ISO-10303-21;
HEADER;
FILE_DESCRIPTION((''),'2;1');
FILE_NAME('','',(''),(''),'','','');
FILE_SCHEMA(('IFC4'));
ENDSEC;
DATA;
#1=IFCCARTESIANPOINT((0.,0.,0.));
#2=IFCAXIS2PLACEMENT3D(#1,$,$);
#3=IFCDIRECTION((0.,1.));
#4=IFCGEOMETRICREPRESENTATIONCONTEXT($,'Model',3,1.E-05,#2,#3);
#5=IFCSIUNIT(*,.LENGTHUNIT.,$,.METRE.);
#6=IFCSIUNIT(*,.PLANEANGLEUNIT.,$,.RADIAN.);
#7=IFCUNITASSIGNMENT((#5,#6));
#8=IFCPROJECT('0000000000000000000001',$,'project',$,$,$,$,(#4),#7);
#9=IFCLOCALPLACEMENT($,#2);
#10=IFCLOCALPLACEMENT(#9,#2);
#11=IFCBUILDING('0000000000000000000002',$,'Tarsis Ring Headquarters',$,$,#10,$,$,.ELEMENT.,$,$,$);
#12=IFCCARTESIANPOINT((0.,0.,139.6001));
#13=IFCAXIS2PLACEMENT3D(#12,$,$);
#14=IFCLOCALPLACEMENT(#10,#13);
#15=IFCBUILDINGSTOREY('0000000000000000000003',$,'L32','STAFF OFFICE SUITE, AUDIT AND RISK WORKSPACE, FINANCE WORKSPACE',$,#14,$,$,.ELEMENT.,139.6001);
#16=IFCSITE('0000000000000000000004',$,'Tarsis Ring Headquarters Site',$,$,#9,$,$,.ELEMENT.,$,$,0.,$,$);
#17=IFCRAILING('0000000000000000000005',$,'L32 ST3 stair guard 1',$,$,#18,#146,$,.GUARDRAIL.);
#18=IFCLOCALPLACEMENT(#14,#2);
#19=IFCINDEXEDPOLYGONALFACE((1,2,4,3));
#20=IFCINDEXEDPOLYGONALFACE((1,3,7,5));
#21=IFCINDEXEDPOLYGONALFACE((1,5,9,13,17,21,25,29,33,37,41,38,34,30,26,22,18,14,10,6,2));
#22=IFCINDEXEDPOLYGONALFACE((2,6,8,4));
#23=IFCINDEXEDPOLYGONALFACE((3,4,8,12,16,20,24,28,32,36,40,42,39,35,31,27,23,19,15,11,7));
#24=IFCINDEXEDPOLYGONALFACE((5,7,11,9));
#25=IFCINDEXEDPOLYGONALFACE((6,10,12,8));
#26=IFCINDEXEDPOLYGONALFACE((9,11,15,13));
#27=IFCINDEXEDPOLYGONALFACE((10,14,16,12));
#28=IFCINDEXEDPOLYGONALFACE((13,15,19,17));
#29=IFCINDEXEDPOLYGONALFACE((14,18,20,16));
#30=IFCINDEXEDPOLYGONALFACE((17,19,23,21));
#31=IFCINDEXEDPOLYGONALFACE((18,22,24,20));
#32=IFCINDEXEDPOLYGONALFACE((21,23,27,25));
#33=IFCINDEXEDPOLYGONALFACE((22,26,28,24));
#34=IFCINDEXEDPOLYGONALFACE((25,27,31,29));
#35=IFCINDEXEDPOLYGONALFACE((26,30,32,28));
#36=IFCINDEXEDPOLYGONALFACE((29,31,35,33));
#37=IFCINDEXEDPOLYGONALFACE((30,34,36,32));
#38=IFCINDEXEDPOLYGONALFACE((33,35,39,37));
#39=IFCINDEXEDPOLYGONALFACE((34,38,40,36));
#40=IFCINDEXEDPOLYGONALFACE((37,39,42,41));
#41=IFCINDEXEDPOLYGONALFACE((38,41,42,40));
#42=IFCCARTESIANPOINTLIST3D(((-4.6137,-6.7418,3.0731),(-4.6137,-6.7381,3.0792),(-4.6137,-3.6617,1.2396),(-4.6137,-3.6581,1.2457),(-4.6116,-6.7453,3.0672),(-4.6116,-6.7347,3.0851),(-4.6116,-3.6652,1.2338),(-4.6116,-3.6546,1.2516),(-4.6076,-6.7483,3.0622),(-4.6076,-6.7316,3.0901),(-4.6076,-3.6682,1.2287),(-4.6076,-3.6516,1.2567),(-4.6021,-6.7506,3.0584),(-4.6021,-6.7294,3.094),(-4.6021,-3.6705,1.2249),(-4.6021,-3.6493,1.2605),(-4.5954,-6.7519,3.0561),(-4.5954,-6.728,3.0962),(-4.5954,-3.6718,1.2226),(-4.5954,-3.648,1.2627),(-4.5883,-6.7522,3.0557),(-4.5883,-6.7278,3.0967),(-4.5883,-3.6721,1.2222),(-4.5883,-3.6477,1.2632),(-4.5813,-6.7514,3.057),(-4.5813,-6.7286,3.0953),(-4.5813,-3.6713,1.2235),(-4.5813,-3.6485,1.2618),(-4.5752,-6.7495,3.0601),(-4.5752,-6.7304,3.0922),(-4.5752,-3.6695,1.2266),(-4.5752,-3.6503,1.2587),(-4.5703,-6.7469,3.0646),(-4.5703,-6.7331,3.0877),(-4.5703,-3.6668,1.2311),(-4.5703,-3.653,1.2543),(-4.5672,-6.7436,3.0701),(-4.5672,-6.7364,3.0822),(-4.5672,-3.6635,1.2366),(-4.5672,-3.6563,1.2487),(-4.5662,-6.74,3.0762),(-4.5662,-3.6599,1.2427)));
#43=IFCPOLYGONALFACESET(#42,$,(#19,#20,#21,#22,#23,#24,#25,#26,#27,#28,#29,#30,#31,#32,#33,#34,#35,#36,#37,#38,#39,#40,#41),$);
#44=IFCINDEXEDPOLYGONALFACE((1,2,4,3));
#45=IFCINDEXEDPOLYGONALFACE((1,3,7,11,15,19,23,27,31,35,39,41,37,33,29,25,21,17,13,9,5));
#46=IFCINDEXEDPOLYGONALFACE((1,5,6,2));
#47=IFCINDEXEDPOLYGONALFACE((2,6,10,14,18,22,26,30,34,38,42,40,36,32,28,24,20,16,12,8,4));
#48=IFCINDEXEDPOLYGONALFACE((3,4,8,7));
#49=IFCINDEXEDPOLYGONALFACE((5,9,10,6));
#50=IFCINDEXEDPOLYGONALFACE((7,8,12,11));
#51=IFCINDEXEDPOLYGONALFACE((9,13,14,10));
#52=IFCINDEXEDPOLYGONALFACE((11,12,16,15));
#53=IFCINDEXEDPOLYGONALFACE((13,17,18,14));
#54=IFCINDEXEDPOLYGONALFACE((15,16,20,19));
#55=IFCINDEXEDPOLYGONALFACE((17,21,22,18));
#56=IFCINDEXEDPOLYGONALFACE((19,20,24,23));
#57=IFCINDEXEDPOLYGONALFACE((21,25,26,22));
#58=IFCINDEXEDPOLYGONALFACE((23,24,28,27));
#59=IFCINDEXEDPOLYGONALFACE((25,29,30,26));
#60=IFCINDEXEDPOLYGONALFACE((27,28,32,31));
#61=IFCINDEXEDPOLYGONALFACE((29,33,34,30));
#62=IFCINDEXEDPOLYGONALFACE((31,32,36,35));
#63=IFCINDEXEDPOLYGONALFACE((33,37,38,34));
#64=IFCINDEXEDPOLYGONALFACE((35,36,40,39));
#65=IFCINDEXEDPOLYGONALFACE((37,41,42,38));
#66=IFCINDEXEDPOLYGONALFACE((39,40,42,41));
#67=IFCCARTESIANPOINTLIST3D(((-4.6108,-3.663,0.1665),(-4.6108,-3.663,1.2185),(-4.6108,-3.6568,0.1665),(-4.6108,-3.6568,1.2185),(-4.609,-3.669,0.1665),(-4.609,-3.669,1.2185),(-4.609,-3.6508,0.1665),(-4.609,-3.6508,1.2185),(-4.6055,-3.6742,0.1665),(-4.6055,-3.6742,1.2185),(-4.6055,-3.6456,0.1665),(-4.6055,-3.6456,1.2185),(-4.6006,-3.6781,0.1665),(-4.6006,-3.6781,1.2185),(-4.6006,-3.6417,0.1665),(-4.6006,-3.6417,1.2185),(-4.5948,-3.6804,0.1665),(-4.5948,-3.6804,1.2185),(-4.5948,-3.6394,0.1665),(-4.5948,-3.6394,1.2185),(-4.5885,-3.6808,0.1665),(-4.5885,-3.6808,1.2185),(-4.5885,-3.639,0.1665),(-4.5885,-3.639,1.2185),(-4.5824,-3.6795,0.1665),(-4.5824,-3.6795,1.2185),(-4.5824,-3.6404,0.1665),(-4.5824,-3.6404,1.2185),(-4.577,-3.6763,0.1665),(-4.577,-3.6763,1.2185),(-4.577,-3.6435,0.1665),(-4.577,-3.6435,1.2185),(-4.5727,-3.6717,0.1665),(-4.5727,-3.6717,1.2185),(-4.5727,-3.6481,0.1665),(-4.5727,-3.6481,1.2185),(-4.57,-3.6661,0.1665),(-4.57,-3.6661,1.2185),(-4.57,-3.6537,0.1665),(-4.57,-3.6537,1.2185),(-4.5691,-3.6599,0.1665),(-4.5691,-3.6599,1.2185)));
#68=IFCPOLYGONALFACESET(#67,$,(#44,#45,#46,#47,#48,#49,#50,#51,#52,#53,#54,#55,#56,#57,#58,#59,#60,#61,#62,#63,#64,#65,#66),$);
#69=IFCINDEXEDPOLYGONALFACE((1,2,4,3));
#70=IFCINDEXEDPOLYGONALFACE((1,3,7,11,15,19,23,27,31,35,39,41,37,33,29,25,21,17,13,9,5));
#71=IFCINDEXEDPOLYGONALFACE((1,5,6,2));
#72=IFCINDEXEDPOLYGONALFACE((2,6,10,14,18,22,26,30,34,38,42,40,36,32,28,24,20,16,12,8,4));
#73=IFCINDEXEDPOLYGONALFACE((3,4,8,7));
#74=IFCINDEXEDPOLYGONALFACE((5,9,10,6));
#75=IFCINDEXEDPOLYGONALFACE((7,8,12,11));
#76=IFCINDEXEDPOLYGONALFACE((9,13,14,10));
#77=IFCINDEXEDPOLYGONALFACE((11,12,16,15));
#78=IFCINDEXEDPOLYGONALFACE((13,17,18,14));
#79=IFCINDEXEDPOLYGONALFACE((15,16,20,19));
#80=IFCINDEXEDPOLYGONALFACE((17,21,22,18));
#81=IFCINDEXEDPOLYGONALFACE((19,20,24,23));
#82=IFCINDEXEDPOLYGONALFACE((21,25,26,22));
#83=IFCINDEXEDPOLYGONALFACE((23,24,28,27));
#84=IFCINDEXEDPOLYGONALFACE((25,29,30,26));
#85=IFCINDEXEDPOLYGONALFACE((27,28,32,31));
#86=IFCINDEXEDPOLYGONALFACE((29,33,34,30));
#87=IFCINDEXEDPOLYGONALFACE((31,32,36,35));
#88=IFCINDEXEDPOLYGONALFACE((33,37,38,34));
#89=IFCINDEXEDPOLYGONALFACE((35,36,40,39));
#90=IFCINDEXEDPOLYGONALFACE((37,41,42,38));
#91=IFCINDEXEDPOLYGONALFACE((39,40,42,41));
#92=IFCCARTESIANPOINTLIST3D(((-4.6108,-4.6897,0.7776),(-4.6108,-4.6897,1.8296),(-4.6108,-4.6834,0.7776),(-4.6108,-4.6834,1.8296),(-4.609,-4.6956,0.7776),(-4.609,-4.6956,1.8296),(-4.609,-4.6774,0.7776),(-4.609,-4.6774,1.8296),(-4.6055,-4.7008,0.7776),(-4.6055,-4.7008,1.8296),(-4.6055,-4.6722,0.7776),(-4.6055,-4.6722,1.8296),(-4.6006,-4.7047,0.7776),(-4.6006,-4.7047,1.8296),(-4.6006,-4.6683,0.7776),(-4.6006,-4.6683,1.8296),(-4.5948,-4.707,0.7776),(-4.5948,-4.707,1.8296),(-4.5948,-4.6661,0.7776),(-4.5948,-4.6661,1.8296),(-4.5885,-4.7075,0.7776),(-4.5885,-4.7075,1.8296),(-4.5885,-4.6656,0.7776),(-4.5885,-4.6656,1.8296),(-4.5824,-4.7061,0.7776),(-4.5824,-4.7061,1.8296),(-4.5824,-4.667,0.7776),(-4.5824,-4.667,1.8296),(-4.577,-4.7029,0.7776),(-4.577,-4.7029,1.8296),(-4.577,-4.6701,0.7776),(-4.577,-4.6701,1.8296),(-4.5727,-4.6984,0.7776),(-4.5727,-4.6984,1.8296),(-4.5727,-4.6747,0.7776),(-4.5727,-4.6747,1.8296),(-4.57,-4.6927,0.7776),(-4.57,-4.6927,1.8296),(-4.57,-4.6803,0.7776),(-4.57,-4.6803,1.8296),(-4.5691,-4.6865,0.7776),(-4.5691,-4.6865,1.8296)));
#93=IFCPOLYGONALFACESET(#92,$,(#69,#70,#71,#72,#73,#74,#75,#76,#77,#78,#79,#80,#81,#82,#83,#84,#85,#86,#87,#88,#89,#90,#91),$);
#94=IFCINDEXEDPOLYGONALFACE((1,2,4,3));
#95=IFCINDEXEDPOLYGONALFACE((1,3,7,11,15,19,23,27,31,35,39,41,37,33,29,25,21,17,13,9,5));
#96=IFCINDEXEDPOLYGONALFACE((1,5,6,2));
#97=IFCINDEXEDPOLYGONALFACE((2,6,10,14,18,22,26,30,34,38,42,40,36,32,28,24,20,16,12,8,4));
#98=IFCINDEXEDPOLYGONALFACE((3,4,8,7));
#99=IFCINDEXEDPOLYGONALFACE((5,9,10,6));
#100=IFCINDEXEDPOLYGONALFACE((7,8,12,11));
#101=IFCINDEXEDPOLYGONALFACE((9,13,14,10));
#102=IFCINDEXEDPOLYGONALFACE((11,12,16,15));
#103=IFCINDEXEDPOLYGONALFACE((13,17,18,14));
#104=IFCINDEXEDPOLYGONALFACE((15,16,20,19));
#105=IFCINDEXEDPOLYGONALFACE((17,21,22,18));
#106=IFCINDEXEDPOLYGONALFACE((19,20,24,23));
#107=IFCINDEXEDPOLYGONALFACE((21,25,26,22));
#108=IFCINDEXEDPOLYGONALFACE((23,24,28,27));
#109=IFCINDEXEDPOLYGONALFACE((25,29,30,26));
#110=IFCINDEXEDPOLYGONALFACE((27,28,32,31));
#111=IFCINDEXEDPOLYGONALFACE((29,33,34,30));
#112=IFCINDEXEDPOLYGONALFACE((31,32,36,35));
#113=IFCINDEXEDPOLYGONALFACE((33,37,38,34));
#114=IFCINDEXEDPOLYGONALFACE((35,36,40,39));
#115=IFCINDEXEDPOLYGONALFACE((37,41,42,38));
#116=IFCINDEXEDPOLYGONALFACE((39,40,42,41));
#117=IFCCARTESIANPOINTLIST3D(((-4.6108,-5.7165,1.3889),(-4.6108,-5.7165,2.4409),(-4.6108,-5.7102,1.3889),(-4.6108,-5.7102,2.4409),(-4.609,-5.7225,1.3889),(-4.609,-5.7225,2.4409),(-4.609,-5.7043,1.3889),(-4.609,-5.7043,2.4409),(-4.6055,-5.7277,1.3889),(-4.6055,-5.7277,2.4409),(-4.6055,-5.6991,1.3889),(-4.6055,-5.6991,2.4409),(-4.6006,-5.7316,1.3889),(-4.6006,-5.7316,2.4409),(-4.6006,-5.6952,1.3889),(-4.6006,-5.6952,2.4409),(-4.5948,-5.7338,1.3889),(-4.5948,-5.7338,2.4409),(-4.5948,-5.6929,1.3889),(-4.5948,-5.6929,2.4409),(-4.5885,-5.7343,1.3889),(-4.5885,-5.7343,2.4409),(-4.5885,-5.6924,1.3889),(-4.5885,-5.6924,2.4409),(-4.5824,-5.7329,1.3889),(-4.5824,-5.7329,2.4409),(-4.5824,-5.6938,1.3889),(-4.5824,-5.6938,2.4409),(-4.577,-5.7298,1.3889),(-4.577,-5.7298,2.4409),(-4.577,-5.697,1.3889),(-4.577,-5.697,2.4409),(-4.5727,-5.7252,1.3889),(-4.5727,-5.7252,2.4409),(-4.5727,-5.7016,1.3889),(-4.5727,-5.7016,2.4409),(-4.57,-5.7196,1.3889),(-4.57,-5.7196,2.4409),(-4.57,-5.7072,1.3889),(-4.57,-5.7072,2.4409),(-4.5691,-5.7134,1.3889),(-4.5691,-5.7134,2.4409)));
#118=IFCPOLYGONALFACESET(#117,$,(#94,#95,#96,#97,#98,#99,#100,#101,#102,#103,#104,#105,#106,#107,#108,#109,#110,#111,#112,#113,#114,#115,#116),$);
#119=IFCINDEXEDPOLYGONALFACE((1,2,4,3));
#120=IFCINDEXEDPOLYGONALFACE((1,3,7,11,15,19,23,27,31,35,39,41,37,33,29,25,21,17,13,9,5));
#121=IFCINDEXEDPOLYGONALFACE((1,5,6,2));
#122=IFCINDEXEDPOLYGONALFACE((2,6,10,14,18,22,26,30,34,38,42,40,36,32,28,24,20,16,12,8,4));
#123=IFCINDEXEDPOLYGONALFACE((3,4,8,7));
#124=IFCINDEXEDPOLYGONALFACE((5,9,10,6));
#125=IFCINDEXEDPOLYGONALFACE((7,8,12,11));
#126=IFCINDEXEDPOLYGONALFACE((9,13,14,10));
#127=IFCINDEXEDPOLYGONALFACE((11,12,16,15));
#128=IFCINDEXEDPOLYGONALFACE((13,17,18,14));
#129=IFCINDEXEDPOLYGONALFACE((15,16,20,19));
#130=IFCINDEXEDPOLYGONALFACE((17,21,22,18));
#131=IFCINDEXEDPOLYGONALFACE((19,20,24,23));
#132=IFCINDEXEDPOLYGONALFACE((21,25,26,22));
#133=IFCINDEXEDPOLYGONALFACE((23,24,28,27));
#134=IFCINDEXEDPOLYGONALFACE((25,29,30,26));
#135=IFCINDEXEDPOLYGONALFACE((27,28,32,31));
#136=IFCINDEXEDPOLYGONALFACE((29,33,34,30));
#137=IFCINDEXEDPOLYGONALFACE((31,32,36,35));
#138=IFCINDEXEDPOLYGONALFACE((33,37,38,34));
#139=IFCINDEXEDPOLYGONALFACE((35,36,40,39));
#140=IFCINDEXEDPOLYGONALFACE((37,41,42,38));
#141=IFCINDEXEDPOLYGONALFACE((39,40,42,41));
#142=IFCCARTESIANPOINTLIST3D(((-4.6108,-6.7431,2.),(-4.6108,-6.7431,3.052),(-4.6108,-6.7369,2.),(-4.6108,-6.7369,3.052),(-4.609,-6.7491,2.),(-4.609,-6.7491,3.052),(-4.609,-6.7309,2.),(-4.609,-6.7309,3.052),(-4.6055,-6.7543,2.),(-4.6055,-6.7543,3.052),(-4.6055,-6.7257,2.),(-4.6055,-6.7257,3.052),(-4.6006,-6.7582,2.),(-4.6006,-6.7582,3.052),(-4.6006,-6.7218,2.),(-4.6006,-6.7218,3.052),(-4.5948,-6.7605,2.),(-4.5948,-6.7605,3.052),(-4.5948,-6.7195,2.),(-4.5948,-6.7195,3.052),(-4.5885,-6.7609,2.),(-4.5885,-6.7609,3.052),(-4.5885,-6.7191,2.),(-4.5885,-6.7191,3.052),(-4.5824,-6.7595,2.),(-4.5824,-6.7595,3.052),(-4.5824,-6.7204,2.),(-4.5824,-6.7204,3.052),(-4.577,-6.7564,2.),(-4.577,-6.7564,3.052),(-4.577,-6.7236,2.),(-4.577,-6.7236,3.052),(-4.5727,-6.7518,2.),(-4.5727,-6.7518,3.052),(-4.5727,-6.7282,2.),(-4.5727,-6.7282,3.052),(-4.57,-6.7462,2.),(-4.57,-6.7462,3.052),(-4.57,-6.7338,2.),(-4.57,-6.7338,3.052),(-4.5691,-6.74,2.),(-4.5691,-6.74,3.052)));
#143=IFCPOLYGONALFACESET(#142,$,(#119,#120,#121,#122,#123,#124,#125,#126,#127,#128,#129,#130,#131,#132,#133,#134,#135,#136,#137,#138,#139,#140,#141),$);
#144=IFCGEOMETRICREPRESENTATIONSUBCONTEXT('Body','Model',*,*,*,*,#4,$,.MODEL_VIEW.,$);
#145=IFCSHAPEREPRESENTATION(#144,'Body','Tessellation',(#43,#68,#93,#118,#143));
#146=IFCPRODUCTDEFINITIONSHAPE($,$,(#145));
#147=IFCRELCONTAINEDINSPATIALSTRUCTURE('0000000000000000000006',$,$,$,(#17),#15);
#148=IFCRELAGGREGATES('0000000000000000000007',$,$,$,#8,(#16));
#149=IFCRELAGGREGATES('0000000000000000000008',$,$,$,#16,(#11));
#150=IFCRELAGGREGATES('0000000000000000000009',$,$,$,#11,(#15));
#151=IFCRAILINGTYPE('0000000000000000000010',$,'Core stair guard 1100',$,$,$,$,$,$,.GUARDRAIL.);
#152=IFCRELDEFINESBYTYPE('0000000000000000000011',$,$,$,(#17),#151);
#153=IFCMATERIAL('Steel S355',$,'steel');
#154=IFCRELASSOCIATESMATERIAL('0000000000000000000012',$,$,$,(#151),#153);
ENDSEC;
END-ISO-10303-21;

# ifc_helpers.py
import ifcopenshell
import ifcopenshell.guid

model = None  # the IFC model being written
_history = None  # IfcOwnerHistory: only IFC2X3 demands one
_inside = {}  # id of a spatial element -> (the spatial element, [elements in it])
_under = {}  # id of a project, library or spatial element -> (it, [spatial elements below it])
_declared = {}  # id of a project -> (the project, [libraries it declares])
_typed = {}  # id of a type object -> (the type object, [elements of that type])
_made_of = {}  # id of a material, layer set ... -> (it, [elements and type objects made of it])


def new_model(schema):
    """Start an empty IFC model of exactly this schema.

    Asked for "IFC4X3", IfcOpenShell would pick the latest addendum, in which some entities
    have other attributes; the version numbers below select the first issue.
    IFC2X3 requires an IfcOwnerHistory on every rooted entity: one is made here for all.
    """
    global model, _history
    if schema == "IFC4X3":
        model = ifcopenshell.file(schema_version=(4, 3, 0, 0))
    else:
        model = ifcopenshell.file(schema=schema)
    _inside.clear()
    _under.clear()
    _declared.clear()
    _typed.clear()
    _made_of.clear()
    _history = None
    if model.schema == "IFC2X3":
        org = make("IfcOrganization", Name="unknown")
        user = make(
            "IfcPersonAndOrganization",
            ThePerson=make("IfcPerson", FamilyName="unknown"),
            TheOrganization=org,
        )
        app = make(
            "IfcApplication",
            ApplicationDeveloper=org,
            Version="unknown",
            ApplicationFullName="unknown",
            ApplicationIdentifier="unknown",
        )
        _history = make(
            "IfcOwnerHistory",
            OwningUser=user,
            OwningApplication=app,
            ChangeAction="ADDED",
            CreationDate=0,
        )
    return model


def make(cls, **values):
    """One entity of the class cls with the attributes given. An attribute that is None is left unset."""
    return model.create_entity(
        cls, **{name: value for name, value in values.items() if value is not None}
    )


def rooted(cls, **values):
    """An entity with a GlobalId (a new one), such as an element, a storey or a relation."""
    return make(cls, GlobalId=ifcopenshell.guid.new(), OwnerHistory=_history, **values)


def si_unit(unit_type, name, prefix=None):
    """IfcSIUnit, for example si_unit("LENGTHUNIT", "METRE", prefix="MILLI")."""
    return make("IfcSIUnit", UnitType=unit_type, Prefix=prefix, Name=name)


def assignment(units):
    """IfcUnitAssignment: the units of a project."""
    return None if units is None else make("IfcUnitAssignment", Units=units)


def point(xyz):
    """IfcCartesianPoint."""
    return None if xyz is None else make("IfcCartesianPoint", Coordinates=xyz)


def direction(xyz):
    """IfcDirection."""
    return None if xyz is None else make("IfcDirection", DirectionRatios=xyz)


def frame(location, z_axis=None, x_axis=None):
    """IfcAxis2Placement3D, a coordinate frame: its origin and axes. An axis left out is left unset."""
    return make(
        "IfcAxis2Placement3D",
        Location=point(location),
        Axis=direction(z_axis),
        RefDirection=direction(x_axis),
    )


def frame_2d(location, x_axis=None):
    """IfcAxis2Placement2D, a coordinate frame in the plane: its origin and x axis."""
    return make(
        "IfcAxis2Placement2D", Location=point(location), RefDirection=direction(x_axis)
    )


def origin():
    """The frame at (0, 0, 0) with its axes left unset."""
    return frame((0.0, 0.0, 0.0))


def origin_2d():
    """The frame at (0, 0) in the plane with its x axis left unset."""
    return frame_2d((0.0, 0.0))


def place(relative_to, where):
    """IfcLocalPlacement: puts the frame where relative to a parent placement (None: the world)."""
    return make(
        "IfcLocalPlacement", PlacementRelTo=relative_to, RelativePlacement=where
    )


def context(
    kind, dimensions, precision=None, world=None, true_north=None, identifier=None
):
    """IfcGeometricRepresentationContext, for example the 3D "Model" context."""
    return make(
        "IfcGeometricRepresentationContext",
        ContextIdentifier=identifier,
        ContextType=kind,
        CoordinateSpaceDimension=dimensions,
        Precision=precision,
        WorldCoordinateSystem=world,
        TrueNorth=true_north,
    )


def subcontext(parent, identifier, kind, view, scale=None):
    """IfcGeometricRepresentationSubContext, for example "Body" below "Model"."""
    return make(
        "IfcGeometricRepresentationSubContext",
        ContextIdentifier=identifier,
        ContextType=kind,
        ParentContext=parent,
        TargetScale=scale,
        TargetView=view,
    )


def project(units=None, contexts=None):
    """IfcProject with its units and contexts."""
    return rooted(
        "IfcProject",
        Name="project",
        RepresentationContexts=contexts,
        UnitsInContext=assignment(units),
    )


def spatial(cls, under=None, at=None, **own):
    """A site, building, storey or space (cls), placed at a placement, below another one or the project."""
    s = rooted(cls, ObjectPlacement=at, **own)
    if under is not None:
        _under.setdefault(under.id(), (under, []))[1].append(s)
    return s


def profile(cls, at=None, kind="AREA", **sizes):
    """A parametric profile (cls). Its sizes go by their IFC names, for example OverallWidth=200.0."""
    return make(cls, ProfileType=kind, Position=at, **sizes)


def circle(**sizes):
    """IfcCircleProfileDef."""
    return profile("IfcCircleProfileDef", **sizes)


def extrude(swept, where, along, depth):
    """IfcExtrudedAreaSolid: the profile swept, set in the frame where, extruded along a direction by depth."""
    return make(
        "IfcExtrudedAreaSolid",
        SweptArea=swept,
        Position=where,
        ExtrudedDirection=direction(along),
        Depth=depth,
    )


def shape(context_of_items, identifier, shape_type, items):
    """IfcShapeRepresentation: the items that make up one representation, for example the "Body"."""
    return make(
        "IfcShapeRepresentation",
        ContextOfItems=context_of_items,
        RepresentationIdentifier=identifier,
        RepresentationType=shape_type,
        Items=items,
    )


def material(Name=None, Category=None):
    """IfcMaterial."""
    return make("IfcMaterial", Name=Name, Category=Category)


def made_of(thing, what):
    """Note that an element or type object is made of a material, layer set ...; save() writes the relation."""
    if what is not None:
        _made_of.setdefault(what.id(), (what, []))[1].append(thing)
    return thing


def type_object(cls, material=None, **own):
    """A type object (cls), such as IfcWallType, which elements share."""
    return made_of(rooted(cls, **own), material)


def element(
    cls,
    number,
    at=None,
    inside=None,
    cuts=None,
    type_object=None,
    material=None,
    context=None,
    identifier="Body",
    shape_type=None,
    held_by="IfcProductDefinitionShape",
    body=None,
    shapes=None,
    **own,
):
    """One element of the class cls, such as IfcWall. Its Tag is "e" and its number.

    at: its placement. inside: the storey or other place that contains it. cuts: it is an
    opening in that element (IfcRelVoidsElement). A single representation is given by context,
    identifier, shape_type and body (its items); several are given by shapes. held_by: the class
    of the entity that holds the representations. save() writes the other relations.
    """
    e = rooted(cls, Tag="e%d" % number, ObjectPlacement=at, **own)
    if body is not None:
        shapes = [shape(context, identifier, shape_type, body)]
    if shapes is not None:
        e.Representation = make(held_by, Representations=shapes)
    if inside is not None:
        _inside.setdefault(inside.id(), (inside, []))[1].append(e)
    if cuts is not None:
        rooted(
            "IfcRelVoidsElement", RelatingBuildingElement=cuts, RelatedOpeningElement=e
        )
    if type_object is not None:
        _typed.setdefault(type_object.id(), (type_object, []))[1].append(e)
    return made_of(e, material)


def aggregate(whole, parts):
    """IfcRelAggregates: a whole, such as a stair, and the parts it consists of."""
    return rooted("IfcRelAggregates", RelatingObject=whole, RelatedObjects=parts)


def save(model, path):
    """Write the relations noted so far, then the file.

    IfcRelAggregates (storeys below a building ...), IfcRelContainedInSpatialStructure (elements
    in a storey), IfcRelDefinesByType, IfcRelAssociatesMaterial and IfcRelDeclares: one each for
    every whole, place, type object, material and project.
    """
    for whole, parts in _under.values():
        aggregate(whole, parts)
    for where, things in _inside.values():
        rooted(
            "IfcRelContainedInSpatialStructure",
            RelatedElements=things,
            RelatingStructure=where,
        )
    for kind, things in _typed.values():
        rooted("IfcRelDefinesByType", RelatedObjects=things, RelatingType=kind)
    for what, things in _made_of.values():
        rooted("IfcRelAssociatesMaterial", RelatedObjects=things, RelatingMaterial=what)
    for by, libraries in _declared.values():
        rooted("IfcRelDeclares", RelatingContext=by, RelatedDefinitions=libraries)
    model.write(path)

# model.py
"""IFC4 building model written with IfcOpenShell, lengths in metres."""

from ifc_helpers import new_model, si_unit, direction, frame, origin, origin_2d, place, context, subcontext, project, spatial, circle, extrude, material, type_object, element, save


model = new_model("IFC4")

# Units and contexts
model_context = context("Model", 3, precision=1e-05, world=origin(), true_north=direction((0.0, 1.0)))
body_context = subcontext(model_context, "Body", "Model", "MODEL_VIEW")
ifc_project = project(units=[si_unit("LENGTHUNIT", "METRE"), si_unit("PLANEANGLEUNIT", "RADIAN")], contexts=[model_context])

# Site, building, storey
site_placement = place(None, origin())
site = spatial("IfcSite", under=ifc_project, at=site_placement, Name="Tarsis Ring Headquarters Site", CompositionType="ELEMENT", RefElevation=0.0)
building_placement = place(site_placement, origin())
building = spatial("IfcBuilding", under=site, at=building_placement, Name="Tarsis Ring Headquarters", CompositionType="ELEMENT")
storey_placement = place(building_placement, frame((0.0, 0.0, 139.6001)))
storey = spatial("IfcBuildingStorey", under=building, at=storey_placement, Name="L32", Description="STAFF OFFICE SUITE, AUDIT AND RISK WORKSPACE, FINANCE WORKSPACE", CompositionType="ELEMENT", Elevation=139.6001)

# Railing
ifc_material_1 = material(Name="Steel S355", Category="steel")
railing_type_1 = type_object("IfcRailingType", Name="Core stair guard 1100", PredefinedType="GUARDRAIL", material=ifc_material_1)
railing_1_placement = place(storey_placement, frame((-4.5901, -3.6599, 0.1665)))
element("IfcRailing", 1, at=railing_1_placement, inside=storey, type_object=railing_type_1, Name="L32 ST3 stair guard 1", PredefinedType="GUARDRAIL", context=body_context, shape_type="SweptSolid", body=[
    extrude(circle(Radius=0.0239, at=origin_2d()), frame((0.0, 0.0, 1.0762), z_axis=(0.0, -0.859279, 0.511508), x_axis=(1.0, 0.0, 0.0)), (0.0, 0.0, 1.0), 3.5845),
    extrude(circle(Radius=0.021, at=origin_2d()), origin(), (0.0, 0.0, 1.0), 1.052),
    extrude(circle(Radius=0.021, at=origin_2d()), frame((0.0, -1.0266, 0.6111)), (0.0, 0.0, 1.0), 1.052),
    extrude(circle(Radius=0.021, at=origin_2d()), frame((0.0, -2.0535, 1.2224)), (0.0, 0.0, 1.0), 1.052),
    extrude(circle(Radius=0.021, at=origin_2d()), frame((0.0, -3.0801, 1.8335)), (0.0, 0.0, 1.0), 1.052),
])

save(model, "model.ifc")
